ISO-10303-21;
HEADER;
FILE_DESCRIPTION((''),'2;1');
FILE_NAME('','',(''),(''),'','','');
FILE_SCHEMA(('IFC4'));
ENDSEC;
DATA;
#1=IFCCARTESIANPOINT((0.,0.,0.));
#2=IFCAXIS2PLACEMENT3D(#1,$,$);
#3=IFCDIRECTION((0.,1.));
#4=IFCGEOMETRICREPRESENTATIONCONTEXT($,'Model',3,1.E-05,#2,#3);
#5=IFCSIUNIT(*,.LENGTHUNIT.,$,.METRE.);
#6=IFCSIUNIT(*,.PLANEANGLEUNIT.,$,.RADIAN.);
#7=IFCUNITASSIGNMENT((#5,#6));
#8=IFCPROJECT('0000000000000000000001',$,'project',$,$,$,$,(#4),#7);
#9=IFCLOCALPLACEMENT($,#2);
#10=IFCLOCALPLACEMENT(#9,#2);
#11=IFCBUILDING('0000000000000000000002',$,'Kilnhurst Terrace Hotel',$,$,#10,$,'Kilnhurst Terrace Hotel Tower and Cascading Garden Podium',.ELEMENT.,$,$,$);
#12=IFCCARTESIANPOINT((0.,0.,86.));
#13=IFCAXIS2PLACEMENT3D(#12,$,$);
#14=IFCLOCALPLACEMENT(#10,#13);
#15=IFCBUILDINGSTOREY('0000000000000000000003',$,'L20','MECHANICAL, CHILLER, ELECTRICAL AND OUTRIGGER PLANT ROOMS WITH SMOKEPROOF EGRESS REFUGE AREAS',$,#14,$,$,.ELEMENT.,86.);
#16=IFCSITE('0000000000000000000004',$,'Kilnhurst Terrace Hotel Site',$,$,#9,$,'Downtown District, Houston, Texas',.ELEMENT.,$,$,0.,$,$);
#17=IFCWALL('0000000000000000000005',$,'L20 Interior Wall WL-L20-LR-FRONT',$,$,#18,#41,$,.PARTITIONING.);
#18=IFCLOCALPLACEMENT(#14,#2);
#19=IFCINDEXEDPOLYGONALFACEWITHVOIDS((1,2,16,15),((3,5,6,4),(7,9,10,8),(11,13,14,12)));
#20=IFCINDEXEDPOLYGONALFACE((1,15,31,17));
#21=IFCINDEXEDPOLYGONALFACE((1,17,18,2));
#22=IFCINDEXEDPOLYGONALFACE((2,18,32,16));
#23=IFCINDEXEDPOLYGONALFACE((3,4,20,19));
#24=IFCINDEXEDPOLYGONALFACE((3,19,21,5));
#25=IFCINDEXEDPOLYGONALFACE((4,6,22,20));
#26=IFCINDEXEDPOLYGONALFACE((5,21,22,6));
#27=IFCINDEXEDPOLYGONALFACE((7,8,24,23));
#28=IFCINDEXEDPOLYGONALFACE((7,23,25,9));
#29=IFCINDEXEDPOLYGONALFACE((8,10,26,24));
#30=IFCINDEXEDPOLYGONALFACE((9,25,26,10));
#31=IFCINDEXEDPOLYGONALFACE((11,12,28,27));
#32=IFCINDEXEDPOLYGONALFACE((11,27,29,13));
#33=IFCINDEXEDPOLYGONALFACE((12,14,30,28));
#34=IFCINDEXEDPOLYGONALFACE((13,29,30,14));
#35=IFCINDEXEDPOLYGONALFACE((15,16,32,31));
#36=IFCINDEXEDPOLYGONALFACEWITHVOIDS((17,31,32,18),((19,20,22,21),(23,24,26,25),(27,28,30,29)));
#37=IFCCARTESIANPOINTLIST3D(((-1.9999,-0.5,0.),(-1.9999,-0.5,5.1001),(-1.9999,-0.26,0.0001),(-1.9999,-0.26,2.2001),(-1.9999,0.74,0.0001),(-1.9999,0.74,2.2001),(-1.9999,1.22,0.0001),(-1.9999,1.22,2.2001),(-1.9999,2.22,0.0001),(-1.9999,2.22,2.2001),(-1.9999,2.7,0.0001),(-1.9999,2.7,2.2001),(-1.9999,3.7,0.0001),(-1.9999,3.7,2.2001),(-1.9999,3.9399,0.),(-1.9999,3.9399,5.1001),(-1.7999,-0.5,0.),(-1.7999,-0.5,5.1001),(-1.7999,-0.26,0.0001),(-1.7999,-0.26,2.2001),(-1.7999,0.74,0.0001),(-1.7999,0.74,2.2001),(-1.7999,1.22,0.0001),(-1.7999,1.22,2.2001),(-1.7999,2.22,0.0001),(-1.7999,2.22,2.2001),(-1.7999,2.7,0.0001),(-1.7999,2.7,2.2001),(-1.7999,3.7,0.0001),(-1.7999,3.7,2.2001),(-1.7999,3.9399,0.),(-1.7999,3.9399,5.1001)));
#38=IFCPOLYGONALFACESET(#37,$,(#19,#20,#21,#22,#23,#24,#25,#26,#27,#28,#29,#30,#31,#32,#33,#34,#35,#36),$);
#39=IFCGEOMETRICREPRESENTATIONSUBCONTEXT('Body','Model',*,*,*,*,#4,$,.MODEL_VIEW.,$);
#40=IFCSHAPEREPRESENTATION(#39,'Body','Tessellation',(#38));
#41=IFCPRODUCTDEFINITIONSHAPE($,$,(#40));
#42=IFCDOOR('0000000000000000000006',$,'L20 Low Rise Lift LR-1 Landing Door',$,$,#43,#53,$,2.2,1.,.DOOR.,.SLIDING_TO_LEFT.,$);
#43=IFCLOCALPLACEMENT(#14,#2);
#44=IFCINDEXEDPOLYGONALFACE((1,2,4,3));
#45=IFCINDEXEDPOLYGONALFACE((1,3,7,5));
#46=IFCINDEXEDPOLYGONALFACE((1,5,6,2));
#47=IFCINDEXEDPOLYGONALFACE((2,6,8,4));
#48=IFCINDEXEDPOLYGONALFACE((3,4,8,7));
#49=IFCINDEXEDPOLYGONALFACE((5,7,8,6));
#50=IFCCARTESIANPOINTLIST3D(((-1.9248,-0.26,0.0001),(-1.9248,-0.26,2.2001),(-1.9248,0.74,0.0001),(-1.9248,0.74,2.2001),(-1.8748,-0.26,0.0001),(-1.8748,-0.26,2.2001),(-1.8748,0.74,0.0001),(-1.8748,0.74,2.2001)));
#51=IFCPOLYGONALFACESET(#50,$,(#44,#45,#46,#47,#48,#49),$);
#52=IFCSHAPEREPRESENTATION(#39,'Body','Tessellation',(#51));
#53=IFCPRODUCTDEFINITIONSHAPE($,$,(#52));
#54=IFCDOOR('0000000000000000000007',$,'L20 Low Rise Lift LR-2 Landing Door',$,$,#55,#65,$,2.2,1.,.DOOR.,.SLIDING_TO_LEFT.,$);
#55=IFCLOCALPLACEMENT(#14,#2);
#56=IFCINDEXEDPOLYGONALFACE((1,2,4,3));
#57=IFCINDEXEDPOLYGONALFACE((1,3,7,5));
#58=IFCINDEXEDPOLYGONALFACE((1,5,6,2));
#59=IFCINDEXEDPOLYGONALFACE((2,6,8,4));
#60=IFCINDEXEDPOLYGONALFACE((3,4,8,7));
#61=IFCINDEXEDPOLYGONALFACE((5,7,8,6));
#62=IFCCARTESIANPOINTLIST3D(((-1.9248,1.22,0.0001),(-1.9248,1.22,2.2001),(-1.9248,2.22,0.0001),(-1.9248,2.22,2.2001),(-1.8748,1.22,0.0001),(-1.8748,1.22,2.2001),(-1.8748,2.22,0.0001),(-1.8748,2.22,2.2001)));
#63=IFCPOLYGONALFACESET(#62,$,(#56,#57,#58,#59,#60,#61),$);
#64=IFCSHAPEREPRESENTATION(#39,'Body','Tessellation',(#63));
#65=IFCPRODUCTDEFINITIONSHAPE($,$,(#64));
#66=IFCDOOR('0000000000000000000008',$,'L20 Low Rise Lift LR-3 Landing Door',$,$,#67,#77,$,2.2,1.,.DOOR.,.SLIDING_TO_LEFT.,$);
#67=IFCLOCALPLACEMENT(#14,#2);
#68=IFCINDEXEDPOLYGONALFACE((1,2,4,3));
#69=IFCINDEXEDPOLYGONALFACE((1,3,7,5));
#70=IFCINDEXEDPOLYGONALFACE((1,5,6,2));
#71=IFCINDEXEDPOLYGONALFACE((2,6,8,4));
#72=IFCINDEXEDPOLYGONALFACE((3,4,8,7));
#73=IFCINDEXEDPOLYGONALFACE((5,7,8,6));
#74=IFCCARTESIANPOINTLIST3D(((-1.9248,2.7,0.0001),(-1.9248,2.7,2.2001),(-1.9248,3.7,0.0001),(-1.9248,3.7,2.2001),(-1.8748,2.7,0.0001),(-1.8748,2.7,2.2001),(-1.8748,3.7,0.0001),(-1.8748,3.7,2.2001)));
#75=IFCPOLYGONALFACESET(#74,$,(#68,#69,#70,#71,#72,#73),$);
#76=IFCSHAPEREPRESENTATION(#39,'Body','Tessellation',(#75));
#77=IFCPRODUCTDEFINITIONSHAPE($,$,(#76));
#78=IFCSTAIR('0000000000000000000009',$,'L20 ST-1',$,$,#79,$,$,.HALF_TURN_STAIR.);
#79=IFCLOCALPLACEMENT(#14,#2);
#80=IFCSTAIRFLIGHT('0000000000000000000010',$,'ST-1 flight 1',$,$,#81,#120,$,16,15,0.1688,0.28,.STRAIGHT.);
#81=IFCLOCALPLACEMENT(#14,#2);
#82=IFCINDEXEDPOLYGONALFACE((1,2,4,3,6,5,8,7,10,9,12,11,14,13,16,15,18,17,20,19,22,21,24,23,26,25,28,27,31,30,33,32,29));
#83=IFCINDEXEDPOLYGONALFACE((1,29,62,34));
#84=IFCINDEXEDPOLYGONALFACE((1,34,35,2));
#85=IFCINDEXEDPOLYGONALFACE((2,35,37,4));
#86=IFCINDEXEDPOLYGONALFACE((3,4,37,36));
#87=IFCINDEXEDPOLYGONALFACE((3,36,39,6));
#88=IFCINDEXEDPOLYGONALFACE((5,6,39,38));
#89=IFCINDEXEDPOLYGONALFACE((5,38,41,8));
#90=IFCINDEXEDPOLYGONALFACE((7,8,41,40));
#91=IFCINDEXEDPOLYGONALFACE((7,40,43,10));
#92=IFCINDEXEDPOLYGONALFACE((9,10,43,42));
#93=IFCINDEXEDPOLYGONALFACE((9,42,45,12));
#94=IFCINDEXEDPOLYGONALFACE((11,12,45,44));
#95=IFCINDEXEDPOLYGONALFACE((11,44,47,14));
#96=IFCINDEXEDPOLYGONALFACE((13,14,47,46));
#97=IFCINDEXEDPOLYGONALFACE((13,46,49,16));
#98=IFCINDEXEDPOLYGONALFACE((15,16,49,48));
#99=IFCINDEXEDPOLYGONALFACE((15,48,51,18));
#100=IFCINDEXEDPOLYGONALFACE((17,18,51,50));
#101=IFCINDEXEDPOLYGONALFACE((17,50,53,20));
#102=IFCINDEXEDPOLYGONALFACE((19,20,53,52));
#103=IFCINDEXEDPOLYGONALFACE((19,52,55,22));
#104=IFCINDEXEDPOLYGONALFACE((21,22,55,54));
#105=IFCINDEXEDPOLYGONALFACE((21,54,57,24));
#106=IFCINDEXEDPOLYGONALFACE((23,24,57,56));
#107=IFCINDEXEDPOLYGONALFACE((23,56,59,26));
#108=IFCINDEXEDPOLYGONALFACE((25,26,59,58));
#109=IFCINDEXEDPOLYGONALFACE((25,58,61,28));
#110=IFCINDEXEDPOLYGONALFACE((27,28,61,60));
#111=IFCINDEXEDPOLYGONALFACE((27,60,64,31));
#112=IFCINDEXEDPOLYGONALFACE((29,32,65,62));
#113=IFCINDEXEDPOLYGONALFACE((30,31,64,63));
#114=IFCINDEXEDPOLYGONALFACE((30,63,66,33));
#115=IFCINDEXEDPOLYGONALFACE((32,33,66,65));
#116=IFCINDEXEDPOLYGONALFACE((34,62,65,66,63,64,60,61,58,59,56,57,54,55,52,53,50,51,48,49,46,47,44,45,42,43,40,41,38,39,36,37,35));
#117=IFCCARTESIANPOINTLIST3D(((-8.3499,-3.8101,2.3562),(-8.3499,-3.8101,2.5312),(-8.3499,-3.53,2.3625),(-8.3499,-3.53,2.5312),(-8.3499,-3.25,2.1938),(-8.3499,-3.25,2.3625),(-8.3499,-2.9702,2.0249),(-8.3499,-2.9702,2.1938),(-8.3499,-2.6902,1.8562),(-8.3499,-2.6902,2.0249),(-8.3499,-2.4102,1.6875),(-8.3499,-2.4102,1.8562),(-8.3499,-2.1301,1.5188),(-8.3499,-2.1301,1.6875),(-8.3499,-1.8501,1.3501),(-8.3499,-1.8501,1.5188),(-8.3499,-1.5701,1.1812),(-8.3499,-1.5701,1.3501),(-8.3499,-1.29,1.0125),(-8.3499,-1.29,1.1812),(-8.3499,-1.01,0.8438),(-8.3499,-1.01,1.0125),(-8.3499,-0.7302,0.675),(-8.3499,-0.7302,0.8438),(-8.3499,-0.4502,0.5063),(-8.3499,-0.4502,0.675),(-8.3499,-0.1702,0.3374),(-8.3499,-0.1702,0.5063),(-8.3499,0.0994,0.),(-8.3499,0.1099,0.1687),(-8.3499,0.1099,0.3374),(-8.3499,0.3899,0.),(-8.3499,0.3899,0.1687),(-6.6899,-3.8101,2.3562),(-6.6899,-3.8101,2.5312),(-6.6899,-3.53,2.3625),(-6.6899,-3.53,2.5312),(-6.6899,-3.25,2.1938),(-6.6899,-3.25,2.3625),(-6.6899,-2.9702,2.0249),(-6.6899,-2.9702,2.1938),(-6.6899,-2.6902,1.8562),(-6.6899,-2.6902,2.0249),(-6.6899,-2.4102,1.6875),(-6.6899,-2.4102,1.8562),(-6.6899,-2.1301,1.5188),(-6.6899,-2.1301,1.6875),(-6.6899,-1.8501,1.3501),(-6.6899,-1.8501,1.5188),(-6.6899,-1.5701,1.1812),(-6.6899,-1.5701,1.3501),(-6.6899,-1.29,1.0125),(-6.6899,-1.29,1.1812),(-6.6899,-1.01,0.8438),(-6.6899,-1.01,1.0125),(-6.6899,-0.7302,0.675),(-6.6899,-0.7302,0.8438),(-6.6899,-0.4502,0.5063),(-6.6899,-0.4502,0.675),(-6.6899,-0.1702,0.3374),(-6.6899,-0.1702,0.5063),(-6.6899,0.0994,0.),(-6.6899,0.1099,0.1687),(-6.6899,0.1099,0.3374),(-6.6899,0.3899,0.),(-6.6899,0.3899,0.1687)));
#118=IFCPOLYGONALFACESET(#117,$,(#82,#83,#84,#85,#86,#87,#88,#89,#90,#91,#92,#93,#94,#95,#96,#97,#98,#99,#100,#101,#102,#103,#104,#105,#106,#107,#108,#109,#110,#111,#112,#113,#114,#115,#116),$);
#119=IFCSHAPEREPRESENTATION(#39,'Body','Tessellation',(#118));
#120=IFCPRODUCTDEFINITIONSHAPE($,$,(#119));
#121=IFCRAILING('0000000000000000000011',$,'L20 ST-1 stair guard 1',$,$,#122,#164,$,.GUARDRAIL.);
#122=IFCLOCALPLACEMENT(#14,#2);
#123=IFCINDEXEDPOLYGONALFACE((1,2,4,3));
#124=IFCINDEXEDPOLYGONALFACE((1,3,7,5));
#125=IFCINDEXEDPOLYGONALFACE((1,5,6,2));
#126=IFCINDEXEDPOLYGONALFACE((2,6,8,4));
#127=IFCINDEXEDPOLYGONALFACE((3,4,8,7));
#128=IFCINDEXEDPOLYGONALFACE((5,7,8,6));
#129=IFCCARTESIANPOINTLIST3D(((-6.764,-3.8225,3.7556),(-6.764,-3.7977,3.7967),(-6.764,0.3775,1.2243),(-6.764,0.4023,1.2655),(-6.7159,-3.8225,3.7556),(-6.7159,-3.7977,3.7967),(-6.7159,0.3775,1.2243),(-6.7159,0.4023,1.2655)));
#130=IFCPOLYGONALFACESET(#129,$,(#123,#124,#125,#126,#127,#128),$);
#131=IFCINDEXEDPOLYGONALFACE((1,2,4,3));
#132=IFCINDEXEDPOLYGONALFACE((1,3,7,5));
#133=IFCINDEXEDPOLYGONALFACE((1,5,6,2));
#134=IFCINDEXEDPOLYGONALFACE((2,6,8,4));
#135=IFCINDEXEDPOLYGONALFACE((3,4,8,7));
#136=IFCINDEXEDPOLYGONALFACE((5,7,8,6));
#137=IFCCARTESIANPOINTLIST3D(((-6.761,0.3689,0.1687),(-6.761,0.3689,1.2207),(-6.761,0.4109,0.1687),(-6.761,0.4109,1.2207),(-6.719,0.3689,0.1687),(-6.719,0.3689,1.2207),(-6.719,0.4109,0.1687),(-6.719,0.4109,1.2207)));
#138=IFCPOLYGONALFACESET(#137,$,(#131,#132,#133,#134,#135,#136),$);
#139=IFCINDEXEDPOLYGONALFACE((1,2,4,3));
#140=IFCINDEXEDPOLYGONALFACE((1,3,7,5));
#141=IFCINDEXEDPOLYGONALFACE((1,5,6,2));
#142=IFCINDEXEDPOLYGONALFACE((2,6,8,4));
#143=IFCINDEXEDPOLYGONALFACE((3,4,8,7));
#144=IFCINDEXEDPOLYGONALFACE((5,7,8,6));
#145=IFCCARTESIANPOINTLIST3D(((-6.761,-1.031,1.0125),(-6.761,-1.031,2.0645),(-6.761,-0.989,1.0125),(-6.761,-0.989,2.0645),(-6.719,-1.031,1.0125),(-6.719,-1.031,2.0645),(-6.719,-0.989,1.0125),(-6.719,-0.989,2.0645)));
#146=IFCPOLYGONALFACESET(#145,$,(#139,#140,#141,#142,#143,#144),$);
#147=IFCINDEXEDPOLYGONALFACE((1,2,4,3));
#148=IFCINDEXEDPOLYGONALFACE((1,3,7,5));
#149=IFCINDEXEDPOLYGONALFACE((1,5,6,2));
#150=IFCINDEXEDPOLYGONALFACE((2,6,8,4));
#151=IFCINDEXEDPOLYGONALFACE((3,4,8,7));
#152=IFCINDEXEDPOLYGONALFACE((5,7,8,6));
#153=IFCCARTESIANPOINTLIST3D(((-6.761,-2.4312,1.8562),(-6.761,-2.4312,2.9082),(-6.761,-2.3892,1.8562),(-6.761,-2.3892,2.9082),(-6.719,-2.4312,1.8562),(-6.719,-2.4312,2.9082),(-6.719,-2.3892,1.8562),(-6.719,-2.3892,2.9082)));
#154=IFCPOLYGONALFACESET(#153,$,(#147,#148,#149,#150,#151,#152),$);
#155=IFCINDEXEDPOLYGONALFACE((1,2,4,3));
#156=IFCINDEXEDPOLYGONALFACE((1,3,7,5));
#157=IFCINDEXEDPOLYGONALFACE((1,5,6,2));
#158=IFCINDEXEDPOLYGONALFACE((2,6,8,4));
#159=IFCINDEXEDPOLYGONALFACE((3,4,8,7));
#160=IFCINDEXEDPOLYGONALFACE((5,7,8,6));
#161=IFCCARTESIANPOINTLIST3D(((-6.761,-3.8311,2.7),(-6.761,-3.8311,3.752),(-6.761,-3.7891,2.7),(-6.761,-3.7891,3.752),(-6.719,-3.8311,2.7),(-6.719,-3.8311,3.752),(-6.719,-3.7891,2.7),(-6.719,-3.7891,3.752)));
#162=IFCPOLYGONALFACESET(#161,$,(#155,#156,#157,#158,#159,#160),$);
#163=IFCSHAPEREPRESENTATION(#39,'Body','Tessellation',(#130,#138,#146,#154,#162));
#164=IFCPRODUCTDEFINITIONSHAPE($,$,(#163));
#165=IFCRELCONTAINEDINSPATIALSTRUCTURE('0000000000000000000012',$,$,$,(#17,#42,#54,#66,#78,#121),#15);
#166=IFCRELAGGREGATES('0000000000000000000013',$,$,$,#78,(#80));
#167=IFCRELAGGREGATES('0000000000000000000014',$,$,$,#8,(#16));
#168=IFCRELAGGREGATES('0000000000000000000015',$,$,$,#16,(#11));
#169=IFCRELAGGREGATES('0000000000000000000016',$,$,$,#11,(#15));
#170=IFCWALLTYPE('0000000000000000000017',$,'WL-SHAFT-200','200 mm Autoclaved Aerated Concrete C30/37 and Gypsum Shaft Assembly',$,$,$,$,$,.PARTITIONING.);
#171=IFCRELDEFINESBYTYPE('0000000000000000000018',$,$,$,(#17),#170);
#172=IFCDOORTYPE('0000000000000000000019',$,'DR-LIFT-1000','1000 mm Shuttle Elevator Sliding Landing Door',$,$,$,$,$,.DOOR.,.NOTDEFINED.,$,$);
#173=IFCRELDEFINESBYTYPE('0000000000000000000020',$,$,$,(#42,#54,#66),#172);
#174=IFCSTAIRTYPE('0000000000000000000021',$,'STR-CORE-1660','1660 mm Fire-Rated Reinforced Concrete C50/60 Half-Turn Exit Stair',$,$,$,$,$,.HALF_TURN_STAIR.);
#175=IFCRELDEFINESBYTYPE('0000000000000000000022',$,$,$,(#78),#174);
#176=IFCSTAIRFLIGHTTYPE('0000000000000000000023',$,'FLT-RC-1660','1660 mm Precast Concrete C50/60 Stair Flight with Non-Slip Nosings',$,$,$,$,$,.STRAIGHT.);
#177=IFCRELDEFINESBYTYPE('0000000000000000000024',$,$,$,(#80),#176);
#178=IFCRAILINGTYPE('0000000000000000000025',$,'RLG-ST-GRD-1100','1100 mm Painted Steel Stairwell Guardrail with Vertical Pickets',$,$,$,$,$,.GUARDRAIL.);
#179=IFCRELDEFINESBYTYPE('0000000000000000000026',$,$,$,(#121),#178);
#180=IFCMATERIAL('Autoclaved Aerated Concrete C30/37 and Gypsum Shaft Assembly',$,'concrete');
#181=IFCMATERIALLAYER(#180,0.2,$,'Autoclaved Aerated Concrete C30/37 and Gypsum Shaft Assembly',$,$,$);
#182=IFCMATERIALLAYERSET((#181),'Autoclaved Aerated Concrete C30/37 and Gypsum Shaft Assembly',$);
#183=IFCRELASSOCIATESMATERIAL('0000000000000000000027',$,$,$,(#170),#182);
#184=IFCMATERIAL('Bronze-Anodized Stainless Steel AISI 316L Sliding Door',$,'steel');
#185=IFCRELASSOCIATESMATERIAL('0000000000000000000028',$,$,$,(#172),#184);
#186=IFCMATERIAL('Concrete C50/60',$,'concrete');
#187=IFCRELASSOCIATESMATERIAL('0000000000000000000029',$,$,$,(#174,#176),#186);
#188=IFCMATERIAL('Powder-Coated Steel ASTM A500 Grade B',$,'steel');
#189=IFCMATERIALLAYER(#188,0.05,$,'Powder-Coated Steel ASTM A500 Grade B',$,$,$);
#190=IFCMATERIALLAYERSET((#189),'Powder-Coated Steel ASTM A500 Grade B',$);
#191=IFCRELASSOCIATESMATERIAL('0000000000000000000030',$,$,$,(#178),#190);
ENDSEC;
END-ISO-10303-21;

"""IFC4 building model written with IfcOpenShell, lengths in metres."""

from ifc_helpers import new_model, si_unit, direction, frame, frame_2d, origin, origin_2d, place, context, subcontext, project, spatial, polyline, rectangle, outline, extrude, material, layer, layer_set, type_object, element, fill, aggregate, save


model = new_model("IFC4")

# Units and contexts
model_context = context("Model", 3, precision=1e-05, world=origin(), true_north=direction((0.0, 1.0)))
body_context = subcontext(model_context, "Body", "Model", "MODEL_VIEW")
ifc_project = project(units=[si_unit("LENGTHUNIT", "METRE"), si_unit("PLANEANGLEUNIT", "RADIAN")], contexts=[model_context])

# Site, building, storey
site_placement = place(None, origin())
site = spatial("IfcSite", under=ifc_project, at=site_placement, Name="Kilnhurst Terrace Hotel Site", LongName="Downtown District, Houston, Texas", CompositionType="ELEMENT", RefElevation=0.0)
building_placement = place(site_placement, origin())
building = spatial("IfcBuilding", under=site, at=building_placement, Name="Kilnhurst Terrace Hotel", LongName="Kilnhurst Terrace Hotel Tower and Cascading Garden Podium", CompositionType="ELEMENT")
storey_placement = place(building_placement, frame((0.0, 0.0, 86.0)))
storey = spatial("IfcBuildingStorey", under=building, at=storey_placement, Name="L20", Description="MECHANICAL, CHILLER, ELECTRICAL AND OUTRIGGER PLANT ROOMS WITH SMOKEPROOF EGRESS REFUGE AREAS", CompositionType="ELEMENT", Elevation=86.0)

# Shared definitions
ifc_material_1 = material(Name="Autoclaved Aerated Concrete C30/37 and Gypsum Shaft Assembly", Category="concrete")
ifc_layer_1 = layer(ifc_material_1, 0.2, Name="Autoclaved Aerated Concrete C30/37 and Gypsum Shaft Assembly")
ifc_layer_set_1 = layer_set([ifc_layer_1], Name="Autoclaved Aerated Concrete C30/37 and Gypsum Shaft Assembly")
wall_type_1 = type_object("IfcWallType", Name="WL-SHAFT-200", Description="200 mm Autoclaved Aerated Concrete C30/37 and Gypsum Shaft Assembly", PredefinedType="PARTITIONING", material=ifc_layer_set_1)
ifc_material_2 = material(Name="Bronze-Anodized Stainless Steel AISI 316L Sliding Door", Category="steel")

# Wall, openings, doors
wall_1_placement = place(storey_placement, frame((-1.8999, -0.5, 0.0), z_axis=(0.0, 0.0, 1.0), x_axis=(0.0, 1.0, 0.0)))
wall_1 = element("IfcWall", 1, at=wall_1_placement, inside=storey, type_object=wall_type_1, Name="L20 Interior Wall WL-L20-LR-FRONT", PredefinedType="PARTITIONING", context=body_context, shape_type="SweptSolid", body=[
    extrude(rectangle(XDim=4.4399, YDim=0.2, at=frame_2d((2.22, 0.0))), origin(), (0.0, 0.0, 1.0), 5.1001),
])
opening_1_placement = place(wall_1_placement, frame((0.24, 0.0, 0.0)))
opening_1 = element("IfcOpeningElement", 2, at=opening_1_placement, cuts=wall_1, PredefinedType="OPENING", context=body_context, shape_type="SweptSolid", body=[
    extrude(rectangle(XDim=1.0, YDim=2.2, at=frame_2d((0.5, 1.1001))), frame((0.0, 0.1099, 0.0), z_axis=(0.0, -1.0, 0.0), x_axis=(1.0, 0.0, 0.0)), (0.0, 0.0, 1.0), 0.22),
])
opening_2_placement = place(wall_1_placement, frame((1.72, 0.0, 0.0)))
opening_2 = element("IfcOpeningElement", 3, at=opening_2_placement, cuts=wall_1, PredefinedType="OPENING", context=body_context, shape_type="SweptSolid", body=[
    extrude(rectangle(XDim=1.0, YDim=2.2, at=frame_2d((0.5, 1.1001))), frame((0.0, 0.1099, 0.0), z_axis=(0.0, -1.0, 0.0), x_axis=(1.0, 0.0, 0.0)), (0.0, 0.0, 1.0), 0.22),
])
opening_3_placement = place(wall_1_placement, frame((3.2, 0.0, 0.0)))
opening_3 = element("IfcOpeningElement", 4, at=opening_3_placement, cuts=wall_1, PredefinedType="OPENING", context=body_context, shape_type="SweptSolid", body=[
    extrude(rectangle(XDim=1.0, YDim=2.2, at=frame_2d((0.5, 1.1001))), frame((0.0, 0.1099, 0.0), z_axis=(0.0, -1.0, 0.0), x_axis=(1.0, 0.0, 0.0)), (0.0, 0.0, 1.0), 0.22),
])
door_type_1 = type_object("IfcDoorType", Name="DR-LIFT-1000", Description="1000 mm Shuttle Elevator Sliding Landing Door", OperationType="NOTDEFINED", PredefinedType="DOOR", material=ifc_material_2)
door_1_placement = place(opening_1_placement, origin())
door_1 = element("IfcDoor", 5, at=door_1_placement, inside=storey, type_object=door_type_1, Name="L20 Low Rise Lift LR-1 Landing Door", OperationType="SLIDING_TO_LEFT", OverallHeight=2.2, OverallWidth=1.0, PredefinedType="DOOR", context=body_context, shape_type="SweptSolid", body=[
    extrude(rectangle(XDim=1.0, YDim=2.2, at=frame_2d((0.5, 1.1001))), frame((0.0, 0.0249, 0.0), z_axis=(0.0, -1.0, 0.0), x_axis=(1.0, 0.0, 0.0)), (0.0, 0.0, 1.0), 0.05),
])
fill(opening_1, door_1)
door_2_placement = place(opening_2_placement, origin())
door_2 = element("IfcDoor", 6, at=door_2_placement, inside=storey, type_object=door_type_1, Name="L20 Low Rise Lift LR-2 Landing Door", OperationType="SLIDING_TO_LEFT", OverallHeight=2.2, OverallWidth=1.0, PredefinedType="DOOR", context=body_context, shape_type="SweptSolid", body=[
    extrude(rectangle(XDim=1.0, YDim=2.2, at=frame_2d((0.5, 1.1001))), frame((0.0, 0.0249, 0.0), z_axis=(0.0, -1.0, 0.0), x_axis=(1.0, 0.0, 0.0)), (0.0, 0.0, 1.0), 0.05),
])
fill(opening_2, door_2)
door_3_placement = place(opening_3_placement, origin())
door_3 = element("IfcDoor", 7, at=door_3_placement, inside=storey, type_object=door_type_1, Name="L20 Low Rise Lift LR-3 Landing Door", OperationType="SLIDING_TO_LEFT", OverallHeight=2.2, OverallWidth=1.0, PredefinedType="DOOR", context=body_context, shape_type="SweptSolid", body=[
    extrude(rectangle(XDim=1.0, YDim=2.2, at=frame_2d((0.5, 1.1001))), frame((0.0, 0.0249, 0.0), z_axis=(0.0, -1.0, 0.0), x_axis=(1.0, 0.0, 0.0)), (0.0, 0.0, 1.0), 0.05),
])
fill(opening_3, door_3)

# Shared definitions
ifc_material_3 = material(Name="Concrete C50/60", Category="concrete")

# Stair, stair flight
stair_type = type_object("IfcStairType", Name="STR-CORE-1660", Description="1660 mm Fire-Rated Reinforced Concrete C50/60 Half-Turn Exit Stair", PredefinedType="HALF_TURN_STAIR", material=ifc_material_3)
stair_placement = place(storey_placement, origin())
stair = element("IfcStair", 8, at=stair_placement, inside=storey, type_object=stair_type, Name="L20 ST-1", PredefinedType="HALF_TURN_STAIR")
stair_flight_type = type_object("IfcStairFlightType", Name="FLT-RC-1660", Description="1660 mm Precast Concrete C50/60 Stair Flight with Non-Slip Nosings", PredefinedType="STRAIGHT", material=ifc_material_3)
stair_flight_placement = place(storey_placement, frame((-7.52, 0.3899, 0.0), z_axis=(0.0, 0.0, 1.0), x_axis=(0.0, -1.0, 0.0)))
stair_flight = element("IfcStairFlight", 9, at=stair_flight_placement, type_object=stair_flight_type, Name="ST-1 flight 1", NumberOfRisers=16, NumberOfTreads=15, PredefinedType="STRAIGHT", RiserHeight=0.1688, TreadLength=0.28, context=body_context, shape_type="SweptSolid", body=[
    extrude(outline(polyline([(0.0, 0.0), (0.0, 0.1687), (0.28, 0.1687), (0.28, 0.3374), (0.5601, 0.3374), (0.5601, 0.5063), (0.8401, 0.5063), (0.8401, 0.675), (1.1201, 0.675), (1.1201, 0.8438), (1.3999, 0.8438), (1.3999, 1.0125), (1.6799, 1.0125), (1.6799, 1.1812), (1.96, 1.1812), (1.96, 1.3501), (2.24, 1.3501), (2.24, 1.5188), (2.52, 1.5188), (2.52, 1.6875), (2.8, 1.6875), (2.8, 1.8562), (3.0801, 1.8562), (3.0801, 2.0249), (3.3601, 2.0249), (3.3601, 2.1938), (3.6399, 2.1938), (3.6399, 2.3625), (3.9199, 2.3625), (3.9199, 2.5312), (4.2, 2.5312), (4.2, 2.7), (4.2, 2.3562), (0.2905, 0.0), (0.0, 0.0)])), frame((0.0, 0.8301, 0.0), z_axis=(0.0, -1.0, 0.0), x_axis=(1.0, 0.0, 0.0)), (0.0, 0.0, 1.0), 1.6599),
])
aggregate(stair, [stair_flight])

# Railing
ifc_material_4 = material(Name="Powder-Coated Steel ASTM A500 Grade B", Category="steel")
ifc_layer_2 = layer(ifc_material_4, 0.05, Name="Powder-Coated Steel ASTM A500 Grade B")
ifc_layer_set_2 = layer_set([ifc_layer_2], Name="Powder-Coated Steel ASTM A500 Grade B")
railing_type_1 = type_object("IfcRailingType", Name="RLG-ST-GRD-1100", Description="1100 mm Painted Steel Stairwell Guardrail with Vertical Pickets", PredefinedType="GUARDRAIL", material=ifc_layer_set_2)
railing_1_placement = place(storey_placement, frame((-6.74, 0.3899, 0.1687)))
element("IfcRailing", 10, at=railing_1_placement, inside=storey, type_object=railing_type_1, Name="L20 ST-1 stair guard 1", PredefinedType="GUARDRAIL", context=body_context, shape_type="SweptSolid", body=[
    extrude(rectangle(XDim=0.0481, YDim=0.0481, at=origin_2d()), frame((0.0, 0.0, 1.0762), z_axis=(0.0, -0.856476, 0.516186), x_axis=(1.0, 0.0, 0.0)), (0.0, 0.0, 1.0), 4.9038),
    extrude(rectangle(XDim=0.042, YDim=0.042, at=origin_2d()), origin(), (0.0, 0.0, 1.0), 1.052),
    extrude(rectangle(XDim=0.042, YDim=0.042, at=origin_2d()), frame((0.0, -1.3999, 0.8438)), (0.0, 0.0, 1.0), 1.052),
    extrude(rectangle(XDim=0.042, YDim=0.042, at=origin_2d()), frame((0.0, -2.8, 1.6875)), (0.0, 0.0, 1.0), 1.052),
    extrude(rectangle(XDim=0.042, YDim=0.042, at=origin_2d()), frame((0.0, -4.2, 2.5312)), (0.0, 0.0, 1.0), 1.052),
])

save(model, "model.ifc")
